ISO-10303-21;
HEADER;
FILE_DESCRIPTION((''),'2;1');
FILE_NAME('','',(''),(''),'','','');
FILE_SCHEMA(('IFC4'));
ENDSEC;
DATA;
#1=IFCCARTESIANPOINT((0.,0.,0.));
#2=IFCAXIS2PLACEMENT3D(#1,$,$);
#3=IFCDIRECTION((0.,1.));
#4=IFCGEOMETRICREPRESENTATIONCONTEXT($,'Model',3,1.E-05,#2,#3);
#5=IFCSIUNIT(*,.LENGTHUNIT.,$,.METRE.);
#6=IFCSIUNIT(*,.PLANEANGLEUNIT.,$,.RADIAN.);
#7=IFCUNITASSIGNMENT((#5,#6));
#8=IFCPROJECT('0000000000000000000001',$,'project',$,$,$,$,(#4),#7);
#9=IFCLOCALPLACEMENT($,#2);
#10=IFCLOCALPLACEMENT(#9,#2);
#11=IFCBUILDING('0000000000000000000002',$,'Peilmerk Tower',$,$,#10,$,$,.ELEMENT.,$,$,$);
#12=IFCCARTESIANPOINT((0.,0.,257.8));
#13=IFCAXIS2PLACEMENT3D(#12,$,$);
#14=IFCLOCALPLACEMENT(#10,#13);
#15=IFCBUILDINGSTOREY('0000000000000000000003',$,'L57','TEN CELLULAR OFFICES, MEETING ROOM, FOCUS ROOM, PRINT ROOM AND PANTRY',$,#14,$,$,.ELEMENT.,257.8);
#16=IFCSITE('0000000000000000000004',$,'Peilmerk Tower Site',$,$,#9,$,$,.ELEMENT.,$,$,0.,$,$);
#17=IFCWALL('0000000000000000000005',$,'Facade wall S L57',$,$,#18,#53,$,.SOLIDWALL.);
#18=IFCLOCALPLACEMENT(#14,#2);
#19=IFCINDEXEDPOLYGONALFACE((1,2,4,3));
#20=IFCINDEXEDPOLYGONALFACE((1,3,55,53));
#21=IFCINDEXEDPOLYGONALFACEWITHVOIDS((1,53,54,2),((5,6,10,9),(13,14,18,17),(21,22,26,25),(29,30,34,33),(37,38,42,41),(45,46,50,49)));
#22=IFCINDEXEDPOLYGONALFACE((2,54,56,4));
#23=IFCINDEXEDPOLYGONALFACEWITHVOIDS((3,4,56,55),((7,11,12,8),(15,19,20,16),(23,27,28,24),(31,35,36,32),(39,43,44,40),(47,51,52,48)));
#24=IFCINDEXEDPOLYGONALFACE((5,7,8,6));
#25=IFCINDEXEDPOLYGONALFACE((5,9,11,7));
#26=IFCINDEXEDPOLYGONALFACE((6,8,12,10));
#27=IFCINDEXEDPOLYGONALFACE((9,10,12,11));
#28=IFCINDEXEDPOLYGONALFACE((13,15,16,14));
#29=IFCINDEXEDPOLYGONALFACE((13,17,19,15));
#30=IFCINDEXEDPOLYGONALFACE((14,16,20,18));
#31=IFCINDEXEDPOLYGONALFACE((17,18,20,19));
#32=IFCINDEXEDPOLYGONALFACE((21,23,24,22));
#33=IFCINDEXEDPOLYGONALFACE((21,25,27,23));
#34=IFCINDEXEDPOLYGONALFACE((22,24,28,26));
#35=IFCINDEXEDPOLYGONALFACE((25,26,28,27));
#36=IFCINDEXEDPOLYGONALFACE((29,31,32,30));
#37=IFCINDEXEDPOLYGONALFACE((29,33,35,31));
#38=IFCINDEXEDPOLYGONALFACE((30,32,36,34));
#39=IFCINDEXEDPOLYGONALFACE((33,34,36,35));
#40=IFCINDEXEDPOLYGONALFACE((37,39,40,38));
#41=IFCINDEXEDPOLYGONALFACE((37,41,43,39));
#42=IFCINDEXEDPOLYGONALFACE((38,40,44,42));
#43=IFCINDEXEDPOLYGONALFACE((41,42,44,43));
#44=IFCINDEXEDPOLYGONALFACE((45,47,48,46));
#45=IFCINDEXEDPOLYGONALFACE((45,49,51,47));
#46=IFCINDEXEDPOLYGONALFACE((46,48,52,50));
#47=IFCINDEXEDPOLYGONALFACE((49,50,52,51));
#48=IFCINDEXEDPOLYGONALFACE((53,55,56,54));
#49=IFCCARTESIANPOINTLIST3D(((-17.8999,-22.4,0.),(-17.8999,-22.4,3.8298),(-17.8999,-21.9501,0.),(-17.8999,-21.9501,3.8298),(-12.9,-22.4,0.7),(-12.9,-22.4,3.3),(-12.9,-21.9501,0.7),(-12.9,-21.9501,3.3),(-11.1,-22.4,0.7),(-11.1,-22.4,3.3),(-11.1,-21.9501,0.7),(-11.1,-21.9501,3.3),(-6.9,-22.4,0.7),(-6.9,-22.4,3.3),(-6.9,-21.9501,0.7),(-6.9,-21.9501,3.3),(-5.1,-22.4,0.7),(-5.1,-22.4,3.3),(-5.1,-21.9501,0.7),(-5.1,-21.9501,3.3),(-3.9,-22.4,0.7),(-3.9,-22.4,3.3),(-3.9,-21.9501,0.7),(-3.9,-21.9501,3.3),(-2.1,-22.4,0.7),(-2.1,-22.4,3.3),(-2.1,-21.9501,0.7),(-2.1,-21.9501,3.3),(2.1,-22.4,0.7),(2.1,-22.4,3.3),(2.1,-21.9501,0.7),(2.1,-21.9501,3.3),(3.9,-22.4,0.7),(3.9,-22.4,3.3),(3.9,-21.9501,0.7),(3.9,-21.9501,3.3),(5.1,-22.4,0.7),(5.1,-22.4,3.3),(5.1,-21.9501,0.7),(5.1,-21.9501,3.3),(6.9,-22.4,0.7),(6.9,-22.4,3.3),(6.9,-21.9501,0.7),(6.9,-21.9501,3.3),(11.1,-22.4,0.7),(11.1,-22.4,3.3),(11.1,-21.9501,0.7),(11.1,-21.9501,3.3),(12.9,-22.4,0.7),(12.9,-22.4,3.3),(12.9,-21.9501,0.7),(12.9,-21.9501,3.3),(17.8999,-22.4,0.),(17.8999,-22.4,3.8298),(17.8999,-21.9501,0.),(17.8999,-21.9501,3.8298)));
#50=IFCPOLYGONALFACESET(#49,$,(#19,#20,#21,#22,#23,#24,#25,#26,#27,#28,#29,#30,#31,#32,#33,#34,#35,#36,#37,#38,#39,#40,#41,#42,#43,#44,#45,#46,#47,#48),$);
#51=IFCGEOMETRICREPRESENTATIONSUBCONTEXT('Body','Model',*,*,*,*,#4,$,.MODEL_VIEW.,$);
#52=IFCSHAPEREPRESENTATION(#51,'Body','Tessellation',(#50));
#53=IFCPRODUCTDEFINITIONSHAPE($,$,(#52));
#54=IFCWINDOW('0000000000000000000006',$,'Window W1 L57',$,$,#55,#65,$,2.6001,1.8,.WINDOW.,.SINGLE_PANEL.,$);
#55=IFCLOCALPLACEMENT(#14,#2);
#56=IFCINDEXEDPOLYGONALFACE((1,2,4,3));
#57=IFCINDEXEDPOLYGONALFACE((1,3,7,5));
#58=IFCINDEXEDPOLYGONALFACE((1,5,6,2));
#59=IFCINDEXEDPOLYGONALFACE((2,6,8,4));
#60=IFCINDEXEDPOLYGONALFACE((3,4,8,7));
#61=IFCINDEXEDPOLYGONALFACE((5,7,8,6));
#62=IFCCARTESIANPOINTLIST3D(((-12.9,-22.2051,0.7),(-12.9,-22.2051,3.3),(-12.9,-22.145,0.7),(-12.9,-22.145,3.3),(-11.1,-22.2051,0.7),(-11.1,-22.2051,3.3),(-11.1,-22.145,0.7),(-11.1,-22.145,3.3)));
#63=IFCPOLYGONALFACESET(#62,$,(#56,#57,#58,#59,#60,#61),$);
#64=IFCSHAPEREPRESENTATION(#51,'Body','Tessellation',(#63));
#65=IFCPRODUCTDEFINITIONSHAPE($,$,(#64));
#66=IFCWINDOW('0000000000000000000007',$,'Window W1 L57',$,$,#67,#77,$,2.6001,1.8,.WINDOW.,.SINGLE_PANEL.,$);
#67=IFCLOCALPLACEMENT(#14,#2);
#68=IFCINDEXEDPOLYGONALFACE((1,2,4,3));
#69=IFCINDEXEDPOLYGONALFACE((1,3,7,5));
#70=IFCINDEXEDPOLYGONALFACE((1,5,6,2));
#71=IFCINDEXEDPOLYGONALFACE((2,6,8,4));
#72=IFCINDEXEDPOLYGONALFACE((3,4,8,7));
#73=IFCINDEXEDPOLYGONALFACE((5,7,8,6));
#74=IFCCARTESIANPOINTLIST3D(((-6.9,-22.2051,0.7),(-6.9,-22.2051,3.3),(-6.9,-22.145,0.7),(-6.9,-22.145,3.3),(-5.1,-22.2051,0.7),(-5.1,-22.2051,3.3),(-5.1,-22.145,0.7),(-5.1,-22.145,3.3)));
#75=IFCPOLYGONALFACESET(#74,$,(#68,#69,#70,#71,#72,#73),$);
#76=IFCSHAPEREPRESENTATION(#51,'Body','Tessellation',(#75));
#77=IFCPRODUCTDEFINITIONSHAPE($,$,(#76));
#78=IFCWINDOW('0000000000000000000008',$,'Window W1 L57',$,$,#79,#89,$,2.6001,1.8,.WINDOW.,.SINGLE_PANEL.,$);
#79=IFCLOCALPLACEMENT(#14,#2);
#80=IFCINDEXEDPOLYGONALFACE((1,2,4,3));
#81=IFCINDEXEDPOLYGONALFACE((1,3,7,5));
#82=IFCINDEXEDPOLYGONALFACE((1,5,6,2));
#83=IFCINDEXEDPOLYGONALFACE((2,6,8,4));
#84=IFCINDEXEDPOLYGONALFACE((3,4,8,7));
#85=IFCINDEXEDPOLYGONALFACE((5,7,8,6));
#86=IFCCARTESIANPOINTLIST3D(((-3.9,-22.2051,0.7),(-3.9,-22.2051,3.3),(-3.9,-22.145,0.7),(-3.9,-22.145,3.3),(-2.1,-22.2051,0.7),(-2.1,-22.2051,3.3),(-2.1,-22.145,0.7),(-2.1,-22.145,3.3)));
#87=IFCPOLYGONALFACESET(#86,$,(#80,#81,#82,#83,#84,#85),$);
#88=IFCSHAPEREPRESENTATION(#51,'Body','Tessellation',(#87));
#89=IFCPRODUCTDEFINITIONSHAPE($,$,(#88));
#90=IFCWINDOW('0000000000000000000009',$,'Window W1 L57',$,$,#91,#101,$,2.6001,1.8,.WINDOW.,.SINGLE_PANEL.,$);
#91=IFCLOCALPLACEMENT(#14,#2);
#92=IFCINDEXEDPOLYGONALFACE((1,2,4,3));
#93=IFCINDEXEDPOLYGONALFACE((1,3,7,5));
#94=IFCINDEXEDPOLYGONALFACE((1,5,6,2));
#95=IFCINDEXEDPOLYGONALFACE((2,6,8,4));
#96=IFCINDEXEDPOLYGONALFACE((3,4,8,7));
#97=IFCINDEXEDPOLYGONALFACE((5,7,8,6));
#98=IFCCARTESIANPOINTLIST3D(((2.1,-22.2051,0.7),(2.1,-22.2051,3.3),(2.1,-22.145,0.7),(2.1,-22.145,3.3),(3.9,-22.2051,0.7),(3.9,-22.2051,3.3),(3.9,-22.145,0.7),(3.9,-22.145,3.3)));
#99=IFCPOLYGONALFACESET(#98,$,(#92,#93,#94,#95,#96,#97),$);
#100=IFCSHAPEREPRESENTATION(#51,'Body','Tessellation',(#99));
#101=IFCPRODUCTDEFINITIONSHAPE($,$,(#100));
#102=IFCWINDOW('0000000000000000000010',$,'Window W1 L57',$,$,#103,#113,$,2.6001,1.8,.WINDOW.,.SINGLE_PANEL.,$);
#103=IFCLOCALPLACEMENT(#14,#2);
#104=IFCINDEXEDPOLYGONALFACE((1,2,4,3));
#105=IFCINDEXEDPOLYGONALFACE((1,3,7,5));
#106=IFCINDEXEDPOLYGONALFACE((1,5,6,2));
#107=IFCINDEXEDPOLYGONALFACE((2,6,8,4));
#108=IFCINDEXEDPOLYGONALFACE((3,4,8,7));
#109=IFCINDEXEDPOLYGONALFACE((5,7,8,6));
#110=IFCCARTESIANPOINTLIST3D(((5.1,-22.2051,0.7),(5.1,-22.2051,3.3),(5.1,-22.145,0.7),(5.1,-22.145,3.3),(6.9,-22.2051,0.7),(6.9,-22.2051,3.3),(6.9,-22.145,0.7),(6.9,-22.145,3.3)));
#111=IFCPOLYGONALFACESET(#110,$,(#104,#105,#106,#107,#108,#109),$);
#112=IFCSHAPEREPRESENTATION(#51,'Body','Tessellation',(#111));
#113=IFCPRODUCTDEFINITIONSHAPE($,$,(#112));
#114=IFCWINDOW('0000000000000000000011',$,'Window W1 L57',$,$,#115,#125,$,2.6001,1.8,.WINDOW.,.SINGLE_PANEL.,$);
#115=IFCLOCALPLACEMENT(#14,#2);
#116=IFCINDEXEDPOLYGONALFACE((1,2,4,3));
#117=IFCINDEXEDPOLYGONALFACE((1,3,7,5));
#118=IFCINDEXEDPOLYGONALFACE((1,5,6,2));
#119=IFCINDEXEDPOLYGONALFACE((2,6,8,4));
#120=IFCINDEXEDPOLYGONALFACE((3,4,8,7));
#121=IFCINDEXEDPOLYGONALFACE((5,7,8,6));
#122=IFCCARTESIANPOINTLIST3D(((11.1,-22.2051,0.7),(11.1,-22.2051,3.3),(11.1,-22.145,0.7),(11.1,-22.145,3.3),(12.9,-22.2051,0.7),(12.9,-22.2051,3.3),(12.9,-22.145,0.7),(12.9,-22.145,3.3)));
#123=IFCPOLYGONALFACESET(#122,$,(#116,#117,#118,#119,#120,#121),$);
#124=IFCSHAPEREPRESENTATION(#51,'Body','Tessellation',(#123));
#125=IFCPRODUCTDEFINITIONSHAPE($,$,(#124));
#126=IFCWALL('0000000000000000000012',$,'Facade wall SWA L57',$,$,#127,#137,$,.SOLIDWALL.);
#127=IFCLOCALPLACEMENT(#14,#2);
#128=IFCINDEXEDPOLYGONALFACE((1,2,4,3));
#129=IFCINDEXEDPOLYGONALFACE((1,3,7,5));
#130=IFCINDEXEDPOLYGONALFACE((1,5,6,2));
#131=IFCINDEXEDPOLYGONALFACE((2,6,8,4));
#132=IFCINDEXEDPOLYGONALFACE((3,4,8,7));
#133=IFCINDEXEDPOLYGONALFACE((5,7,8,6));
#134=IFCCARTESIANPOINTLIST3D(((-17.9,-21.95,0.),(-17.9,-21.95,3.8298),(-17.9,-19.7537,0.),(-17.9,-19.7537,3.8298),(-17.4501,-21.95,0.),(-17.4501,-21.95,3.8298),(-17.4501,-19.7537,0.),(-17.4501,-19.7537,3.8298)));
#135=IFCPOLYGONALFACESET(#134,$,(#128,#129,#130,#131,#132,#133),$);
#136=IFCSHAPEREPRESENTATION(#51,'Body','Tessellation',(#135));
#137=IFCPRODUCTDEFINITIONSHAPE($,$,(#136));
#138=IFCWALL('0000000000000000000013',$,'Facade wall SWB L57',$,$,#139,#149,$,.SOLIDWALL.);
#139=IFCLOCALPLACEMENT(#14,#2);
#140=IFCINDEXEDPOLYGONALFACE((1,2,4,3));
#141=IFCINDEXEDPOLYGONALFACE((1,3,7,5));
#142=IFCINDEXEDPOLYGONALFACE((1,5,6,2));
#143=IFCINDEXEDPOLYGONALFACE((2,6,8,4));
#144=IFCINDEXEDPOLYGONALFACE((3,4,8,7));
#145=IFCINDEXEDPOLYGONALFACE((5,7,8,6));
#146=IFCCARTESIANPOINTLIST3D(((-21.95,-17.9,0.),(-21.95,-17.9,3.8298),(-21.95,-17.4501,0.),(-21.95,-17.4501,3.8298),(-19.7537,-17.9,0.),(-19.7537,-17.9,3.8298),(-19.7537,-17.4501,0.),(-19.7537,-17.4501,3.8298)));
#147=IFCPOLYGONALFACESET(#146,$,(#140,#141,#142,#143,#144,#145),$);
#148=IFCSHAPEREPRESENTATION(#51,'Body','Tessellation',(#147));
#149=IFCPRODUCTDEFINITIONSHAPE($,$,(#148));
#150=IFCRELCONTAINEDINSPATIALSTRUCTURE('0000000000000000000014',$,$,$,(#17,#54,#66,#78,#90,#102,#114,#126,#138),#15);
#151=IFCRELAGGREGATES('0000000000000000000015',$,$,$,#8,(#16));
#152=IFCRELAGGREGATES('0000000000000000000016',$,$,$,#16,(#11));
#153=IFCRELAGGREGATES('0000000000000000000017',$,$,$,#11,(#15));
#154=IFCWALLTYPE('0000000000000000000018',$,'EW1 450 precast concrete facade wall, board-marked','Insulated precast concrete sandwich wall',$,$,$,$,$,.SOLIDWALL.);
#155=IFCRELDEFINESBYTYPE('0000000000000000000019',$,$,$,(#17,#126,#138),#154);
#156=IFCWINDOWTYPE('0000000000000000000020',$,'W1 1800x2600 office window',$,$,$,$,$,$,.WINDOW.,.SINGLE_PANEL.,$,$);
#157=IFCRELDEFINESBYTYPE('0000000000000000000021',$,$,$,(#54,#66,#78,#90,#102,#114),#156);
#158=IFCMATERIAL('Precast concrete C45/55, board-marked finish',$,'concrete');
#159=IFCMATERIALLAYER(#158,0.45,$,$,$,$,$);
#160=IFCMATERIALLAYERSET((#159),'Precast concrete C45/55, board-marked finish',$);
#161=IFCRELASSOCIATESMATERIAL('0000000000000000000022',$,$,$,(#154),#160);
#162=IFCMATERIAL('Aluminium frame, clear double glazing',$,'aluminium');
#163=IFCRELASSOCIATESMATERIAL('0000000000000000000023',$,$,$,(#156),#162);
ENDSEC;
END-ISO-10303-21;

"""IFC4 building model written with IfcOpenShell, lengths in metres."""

from ifc_helpers import new_model, si_unit, direction, frame, frame_2d, origin, place, context, subcontext, project, spatial, rectangle, extrude, material, layer, layer_set, type_object, element, fill, save


model = new_model("IFC4")

# Units and contexts
model_context = context("Model", 3, precision=1e-05, world=origin(), true_north=direction((0.0, 1.0)))
body_context = subcontext(model_context, "Body", "Model", "MODEL_VIEW")
ifc_project = project(units=[si_unit("LENGTHUNIT", "METRE"), si_unit("PLANEANGLEUNIT", "RADIAN")], contexts=[model_context])

# Site, building, storey
site_placement = place(None, origin())
site = spatial("IfcSite", under=ifc_project, at=site_placement, Name="Peilmerk Tower Site", CompositionType="ELEMENT", RefElevation=0.0)
building_placement = place(site_placement, origin())
building = spatial("IfcBuilding", under=site, at=building_placement, Name="Peilmerk Tower", CompositionType="ELEMENT")
storey_placement = place(building_placement, frame((0.0, 0.0, 257.8)))
storey = spatial("IfcBuildingStorey", under=building, at=storey_placement, Name="L57", Description="TEN CELLULAR OFFICES, MEETING ROOM, FOCUS ROOM, PRINT ROOM AND PANTRY", CompositionType="ELEMENT", Elevation=257.8)

# Wall, openings, windows
ifc_material_1 = material(Name="Precast concrete C45/55, board-marked finish", Category="concrete")
ifc_layer_1 = layer(ifc_material_1, 0.45)
ifc_layer_set_1 = layer_set([ifc_layer_1], Name="Precast concrete C45/55, board-marked finish")
wall_type = type_object("IfcWallType", Name="EW1 450 precast concrete facade wall, board-marked", Description="Insulated precast concrete sandwich wall", PredefinedType="SOLIDWALL", material=ifc_layer_set_1)
wall_placement = place(storey_placement, frame((-17.8999, -22.175, 0.0), z_axis=(0.0, 0.0, 1.0), x_axis=(1.0, 0.0, 0.0)))
wall = element("IfcWall", 1, at=wall_placement, inside=storey, type_object=wall_type, Name="Facade wall S L57", PredefinedType="SOLIDWALL", context=body_context, shape_type="SweptSolid", body=[
    extrude(rectangle(XDim=35.7998, YDim=0.45, at=frame_2d((17.8999, 0.0))), origin(), (0.0, 0.0, 1.0), 3.8298),
])
opening_1_placement = place(wall_placement, frame((5.0, 0.0, 0.7)))
opening_1 = element("IfcOpeningElement", 2, at=opening_1_placement, cuts=wall, PredefinedType="OPENING", context=body_context, shape_type="SweptSolid", body=[
    extrude(rectangle(XDim=1.8, YDim=2.6001, at=frame_2d((0.8999, 1.3))), frame((0.0, 0.2349, 0.0), z_axis=(0.0, -1.0, 0.0), x_axis=(1.0, 0.0, 0.0)), (0.0, 0.0, 1.0), 0.47),
])
opening_2_placement = place(wall_placement, frame((11.0, 0.0, 0.7)))
opening_2 = element("IfcOpeningElement", 3, at=opening_2_placement, cuts=wall, PredefinedType="OPENING", context=body_context, shape_type="SweptSolid", body=[
    extrude(rectangle(XDim=1.8, YDim=2.6001, at=frame_2d((0.8999, 1.3))), frame((0.0, 0.2349, 0.0), z_axis=(0.0, -1.0, 0.0), x_axis=(1.0, 0.0, 0.0)), (0.0, 0.0, 1.0), 0.47),
])
opening_3_placement = place(wall_placement, frame((14.0, 0.0, 0.7)))
opening_3 = element("IfcOpeningElement", 4, at=opening_3_placement, cuts=wall, PredefinedType="OPENING", context=body_context, shape_type="SweptSolid", body=[
    extrude(rectangle(XDim=1.8, YDim=2.6001, at=frame_2d((0.8999, 1.3))), frame((0.0, 0.2349, 0.0), z_axis=(0.0, -1.0, 0.0), x_axis=(1.0, 0.0, 0.0)), (0.0, 0.0, 1.0), 0.47),
])
opening_4_placement = place(wall_placement, frame((20.0, 0.0, 0.7)))
opening_4 = element("IfcOpeningElement", 5, at=opening_4_placement, cuts=wall, PredefinedType="OPENING", context=body_context, shape_type="SweptSolid", body=[
    extrude(rectangle(XDim=1.8, YDim=2.6001, at=frame_2d((0.8999, 1.3))), frame((0.0, 0.2349, 0.0), z_axis=(0.0, -1.0, 0.0), x_axis=(1.0, 0.0, 0.0)), (0.0, 0.0, 1.0), 0.47),
])
opening_5_placement = place(wall_placement, frame((23.0, 0.0, 0.7)))
opening_5 = element("IfcOpeningElement", 6, at=opening_5_placement, cuts=wall, PredefinedType="OPENING", context=body_context, shape_type="SweptSolid", body=[
    extrude(rectangle(XDim=1.8, YDim=2.6001, at=frame_2d((0.8999, 1.3))), frame((0.0, 0.2349, 0.0), z_axis=(0.0, -1.0, 0.0), x_axis=(1.0, 0.0, 0.0)), (0.0, 0.0, 1.0), 0.47),
])
opening_6_placement = place(wall_placement, frame((29.0, 0.0, 0.7)))
opening_6 = element("IfcOpeningElement", 7, at=opening_6_placement, cuts=wall, PredefinedType="OPENING", context=body_context, shape_type="SweptSolid", body=[
    extrude(rectangle(XDim=1.8, YDim=2.6001, at=frame_2d((0.8999, 1.3))), frame((0.0, 0.2349, 0.0), z_axis=(0.0, -1.0, 0.0), x_axis=(1.0, 0.0, 0.0)), (0.0, 0.0, 1.0), 0.47),
])
ifc_material_2 = material(Name="Aluminium frame, clear double glazing", Category="aluminium")
window_type = type_object("IfcWindowType", Name="W1 1800x2600 office window", PartitioningType="SINGLE_PANEL", PredefinedType="WINDOW", material=ifc_material_2)
window_1_placement = place(opening_1_placement, origin())
window_1 = element("IfcWindow", 8, at=window_1_placement, inside=storey, type_object=window_type, Name="Window W1 L57", OverallHeight=2.6001, OverallWidth=1.8, PartitioningType="SINGLE_PANEL", PredefinedType="WINDOW", context=body_context, shape_type="SweptSolid", body=[
    extrude(rectangle(XDim=1.8, YDim=2.6001, at=frame_2d((0.8999, 1.3))), frame((0.0, 0.03, 0.0), z_axis=(0.0, -1.0, 0.0), x_axis=(1.0, 0.0, 0.0)), (0.0, 0.0, 1.0), 0.0601),
])
fill(opening_1, window_1)
window_2_placement = place(opening_2_placement, origin())
window_2 = element("IfcWindow", 9, at=window_2_placement, inside=storey, type_object=window_type, Name="Window W1 L57", OverallHeight=2.6001, OverallWidth=1.8, PartitioningType="SINGLE_PANEL", PredefinedType="WINDOW", context=body_context, shape_type="SweptSolid", body=[
    extrude(rectangle(XDim=1.8, YDim=2.6001, at=frame_2d((0.8999, 1.3))), frame((0.0, 0.03, 0.0), z_axis=(0.0, -1.0, 0.0), x_axis=(1.0, 0.0, 0.0)), (0.0, 0.0, 1.0), 0.0601),
])
fill(opening_2, window_2)
window_3_placement = place(opening_3_placement, origin())
window_3 = element("IfcWindow", 10, at=window_3_placement, inside=storey, type_object=window_type, Name="Window W1 L57", OverallHeight=2.6001, OverallWidth=1.8, PartitioningType="SINGLE_PANEL", PredefinedType="WINDOW", context=body_context, shape_type="SweptSolid", body=[
    extrude(rectangle(XDim=1.8, YDim=2.6001, at=frame_2d((0.8999, 1.3))), frame((0.0, 0.03, 0.0), z_axis=(0.0, -1.0, 0.0), x_axis=(1.0, 0.0, 0.0)), (0.0, 0.0, 1.0), 0.0601),
])
fill(opening_3, window_3)
window_4_placement = place(opening_4_placement, origin())
window_4 = element("IfcWindow", 11, at=window_4_placement, inside=storey, type_object=window_type, Name="Window W1 L57", OverallHeight=2.6001, OverallWidth=1.8, PartitioningType="SINGLE_PANEL", PredefinedType="WINDOW", context=body_context, shape_type="SweptSolid", body=[
    extrude(rectangle(XDim=1.8, YDim=2.6001, at=frame_2d((0.8999, 1.3))), frame((0.0, 0.03, 0.0), z_axis=(0.0, -1.0, 0.0), x_axis=(1.0, 0.0, 0.0)), (0.0, 0.0, 1.0), 0.0601),
])
fill(opening_4, window_4)
window_5_placement = place(opening_5_placement, origin())
window_5 = element("IfcWindow", 12, at=window_5_placement, inside=storey, type_object=window_type, Name="Window W1 L57", OverallHeight=2.6001, OverallWidth=1.8, PartitioningType="SINGLE_PANEL", PredefinedType="WINDOW", context=body_context, shape_type="SweptSolid", body=[
    extrude(rectangle(XDim=1.8, YDim=2.6001, at=frame_2d((0.8999, 1.3))), frame((0.0, 0.03, 0.0), z_axis=(0.0, -1.0, 0.0), x_axis=(1.0, 0.0, 0.0)), (0.0, 0.0, 1.0), 0.0601),
])
fill(opening_5, window_5)
window_6_placement = place(opening_6_placement, origin())
window_6 = element("IfcWindow", 13, at=window_6_placement, inside=storey, type_object=window_type, Name="Window W1 L57", OverallHeight=2.6001, OverallWidth=1.8, PartitioningType="SINGLE_PANEL", PredefinedType="WINDOW", context=body_context, shape_type="SweptSolid", body=[
    extrude(rectangle(XDim=1.8, YDim=2.6001, at=frame_2d((0.8999, 1.3))), frame((0.0, 0.03, 0.0), z_axis=(0.0, -1.0, 0.0), x_axis=(1.0, 0.0, 0.0)), (0.0, 0.0, 1.0), 0.0601),
])
fill(opening_6, window_6)

# Walls
for number, where, z_axis, x_axis, name in (
    (14, (-17.675, -19.7537, 0.0), (0.0, 0.0, 1.0), (0.0, -1.0, 0.0), "Facade wall SWA L57"),
    (15, (-19.7537, -17.675, 0.0), (0.0, 0.0, 1.0), (-1.0, 0.0, 0.0), "Facade wall SWB L57"),
):
    element("IfcWall", number, at=place(storey_placement, frame(where, z_axis=z_axis, x_axis=x_axis)), inside=storey, type_object=wall_type, Name=name, PredefinedType="SOLIDWALL", context=body_context, shape_type="SweptSolid", body=[
        extrude(rectangle(XDim=2.1963, YDim=0.45, at=frame_2d((1.0981, 0.0))), origin(), (0.0, 0.0, 1.0), 3.8298),
    ])

save(model, "model.ifc")
